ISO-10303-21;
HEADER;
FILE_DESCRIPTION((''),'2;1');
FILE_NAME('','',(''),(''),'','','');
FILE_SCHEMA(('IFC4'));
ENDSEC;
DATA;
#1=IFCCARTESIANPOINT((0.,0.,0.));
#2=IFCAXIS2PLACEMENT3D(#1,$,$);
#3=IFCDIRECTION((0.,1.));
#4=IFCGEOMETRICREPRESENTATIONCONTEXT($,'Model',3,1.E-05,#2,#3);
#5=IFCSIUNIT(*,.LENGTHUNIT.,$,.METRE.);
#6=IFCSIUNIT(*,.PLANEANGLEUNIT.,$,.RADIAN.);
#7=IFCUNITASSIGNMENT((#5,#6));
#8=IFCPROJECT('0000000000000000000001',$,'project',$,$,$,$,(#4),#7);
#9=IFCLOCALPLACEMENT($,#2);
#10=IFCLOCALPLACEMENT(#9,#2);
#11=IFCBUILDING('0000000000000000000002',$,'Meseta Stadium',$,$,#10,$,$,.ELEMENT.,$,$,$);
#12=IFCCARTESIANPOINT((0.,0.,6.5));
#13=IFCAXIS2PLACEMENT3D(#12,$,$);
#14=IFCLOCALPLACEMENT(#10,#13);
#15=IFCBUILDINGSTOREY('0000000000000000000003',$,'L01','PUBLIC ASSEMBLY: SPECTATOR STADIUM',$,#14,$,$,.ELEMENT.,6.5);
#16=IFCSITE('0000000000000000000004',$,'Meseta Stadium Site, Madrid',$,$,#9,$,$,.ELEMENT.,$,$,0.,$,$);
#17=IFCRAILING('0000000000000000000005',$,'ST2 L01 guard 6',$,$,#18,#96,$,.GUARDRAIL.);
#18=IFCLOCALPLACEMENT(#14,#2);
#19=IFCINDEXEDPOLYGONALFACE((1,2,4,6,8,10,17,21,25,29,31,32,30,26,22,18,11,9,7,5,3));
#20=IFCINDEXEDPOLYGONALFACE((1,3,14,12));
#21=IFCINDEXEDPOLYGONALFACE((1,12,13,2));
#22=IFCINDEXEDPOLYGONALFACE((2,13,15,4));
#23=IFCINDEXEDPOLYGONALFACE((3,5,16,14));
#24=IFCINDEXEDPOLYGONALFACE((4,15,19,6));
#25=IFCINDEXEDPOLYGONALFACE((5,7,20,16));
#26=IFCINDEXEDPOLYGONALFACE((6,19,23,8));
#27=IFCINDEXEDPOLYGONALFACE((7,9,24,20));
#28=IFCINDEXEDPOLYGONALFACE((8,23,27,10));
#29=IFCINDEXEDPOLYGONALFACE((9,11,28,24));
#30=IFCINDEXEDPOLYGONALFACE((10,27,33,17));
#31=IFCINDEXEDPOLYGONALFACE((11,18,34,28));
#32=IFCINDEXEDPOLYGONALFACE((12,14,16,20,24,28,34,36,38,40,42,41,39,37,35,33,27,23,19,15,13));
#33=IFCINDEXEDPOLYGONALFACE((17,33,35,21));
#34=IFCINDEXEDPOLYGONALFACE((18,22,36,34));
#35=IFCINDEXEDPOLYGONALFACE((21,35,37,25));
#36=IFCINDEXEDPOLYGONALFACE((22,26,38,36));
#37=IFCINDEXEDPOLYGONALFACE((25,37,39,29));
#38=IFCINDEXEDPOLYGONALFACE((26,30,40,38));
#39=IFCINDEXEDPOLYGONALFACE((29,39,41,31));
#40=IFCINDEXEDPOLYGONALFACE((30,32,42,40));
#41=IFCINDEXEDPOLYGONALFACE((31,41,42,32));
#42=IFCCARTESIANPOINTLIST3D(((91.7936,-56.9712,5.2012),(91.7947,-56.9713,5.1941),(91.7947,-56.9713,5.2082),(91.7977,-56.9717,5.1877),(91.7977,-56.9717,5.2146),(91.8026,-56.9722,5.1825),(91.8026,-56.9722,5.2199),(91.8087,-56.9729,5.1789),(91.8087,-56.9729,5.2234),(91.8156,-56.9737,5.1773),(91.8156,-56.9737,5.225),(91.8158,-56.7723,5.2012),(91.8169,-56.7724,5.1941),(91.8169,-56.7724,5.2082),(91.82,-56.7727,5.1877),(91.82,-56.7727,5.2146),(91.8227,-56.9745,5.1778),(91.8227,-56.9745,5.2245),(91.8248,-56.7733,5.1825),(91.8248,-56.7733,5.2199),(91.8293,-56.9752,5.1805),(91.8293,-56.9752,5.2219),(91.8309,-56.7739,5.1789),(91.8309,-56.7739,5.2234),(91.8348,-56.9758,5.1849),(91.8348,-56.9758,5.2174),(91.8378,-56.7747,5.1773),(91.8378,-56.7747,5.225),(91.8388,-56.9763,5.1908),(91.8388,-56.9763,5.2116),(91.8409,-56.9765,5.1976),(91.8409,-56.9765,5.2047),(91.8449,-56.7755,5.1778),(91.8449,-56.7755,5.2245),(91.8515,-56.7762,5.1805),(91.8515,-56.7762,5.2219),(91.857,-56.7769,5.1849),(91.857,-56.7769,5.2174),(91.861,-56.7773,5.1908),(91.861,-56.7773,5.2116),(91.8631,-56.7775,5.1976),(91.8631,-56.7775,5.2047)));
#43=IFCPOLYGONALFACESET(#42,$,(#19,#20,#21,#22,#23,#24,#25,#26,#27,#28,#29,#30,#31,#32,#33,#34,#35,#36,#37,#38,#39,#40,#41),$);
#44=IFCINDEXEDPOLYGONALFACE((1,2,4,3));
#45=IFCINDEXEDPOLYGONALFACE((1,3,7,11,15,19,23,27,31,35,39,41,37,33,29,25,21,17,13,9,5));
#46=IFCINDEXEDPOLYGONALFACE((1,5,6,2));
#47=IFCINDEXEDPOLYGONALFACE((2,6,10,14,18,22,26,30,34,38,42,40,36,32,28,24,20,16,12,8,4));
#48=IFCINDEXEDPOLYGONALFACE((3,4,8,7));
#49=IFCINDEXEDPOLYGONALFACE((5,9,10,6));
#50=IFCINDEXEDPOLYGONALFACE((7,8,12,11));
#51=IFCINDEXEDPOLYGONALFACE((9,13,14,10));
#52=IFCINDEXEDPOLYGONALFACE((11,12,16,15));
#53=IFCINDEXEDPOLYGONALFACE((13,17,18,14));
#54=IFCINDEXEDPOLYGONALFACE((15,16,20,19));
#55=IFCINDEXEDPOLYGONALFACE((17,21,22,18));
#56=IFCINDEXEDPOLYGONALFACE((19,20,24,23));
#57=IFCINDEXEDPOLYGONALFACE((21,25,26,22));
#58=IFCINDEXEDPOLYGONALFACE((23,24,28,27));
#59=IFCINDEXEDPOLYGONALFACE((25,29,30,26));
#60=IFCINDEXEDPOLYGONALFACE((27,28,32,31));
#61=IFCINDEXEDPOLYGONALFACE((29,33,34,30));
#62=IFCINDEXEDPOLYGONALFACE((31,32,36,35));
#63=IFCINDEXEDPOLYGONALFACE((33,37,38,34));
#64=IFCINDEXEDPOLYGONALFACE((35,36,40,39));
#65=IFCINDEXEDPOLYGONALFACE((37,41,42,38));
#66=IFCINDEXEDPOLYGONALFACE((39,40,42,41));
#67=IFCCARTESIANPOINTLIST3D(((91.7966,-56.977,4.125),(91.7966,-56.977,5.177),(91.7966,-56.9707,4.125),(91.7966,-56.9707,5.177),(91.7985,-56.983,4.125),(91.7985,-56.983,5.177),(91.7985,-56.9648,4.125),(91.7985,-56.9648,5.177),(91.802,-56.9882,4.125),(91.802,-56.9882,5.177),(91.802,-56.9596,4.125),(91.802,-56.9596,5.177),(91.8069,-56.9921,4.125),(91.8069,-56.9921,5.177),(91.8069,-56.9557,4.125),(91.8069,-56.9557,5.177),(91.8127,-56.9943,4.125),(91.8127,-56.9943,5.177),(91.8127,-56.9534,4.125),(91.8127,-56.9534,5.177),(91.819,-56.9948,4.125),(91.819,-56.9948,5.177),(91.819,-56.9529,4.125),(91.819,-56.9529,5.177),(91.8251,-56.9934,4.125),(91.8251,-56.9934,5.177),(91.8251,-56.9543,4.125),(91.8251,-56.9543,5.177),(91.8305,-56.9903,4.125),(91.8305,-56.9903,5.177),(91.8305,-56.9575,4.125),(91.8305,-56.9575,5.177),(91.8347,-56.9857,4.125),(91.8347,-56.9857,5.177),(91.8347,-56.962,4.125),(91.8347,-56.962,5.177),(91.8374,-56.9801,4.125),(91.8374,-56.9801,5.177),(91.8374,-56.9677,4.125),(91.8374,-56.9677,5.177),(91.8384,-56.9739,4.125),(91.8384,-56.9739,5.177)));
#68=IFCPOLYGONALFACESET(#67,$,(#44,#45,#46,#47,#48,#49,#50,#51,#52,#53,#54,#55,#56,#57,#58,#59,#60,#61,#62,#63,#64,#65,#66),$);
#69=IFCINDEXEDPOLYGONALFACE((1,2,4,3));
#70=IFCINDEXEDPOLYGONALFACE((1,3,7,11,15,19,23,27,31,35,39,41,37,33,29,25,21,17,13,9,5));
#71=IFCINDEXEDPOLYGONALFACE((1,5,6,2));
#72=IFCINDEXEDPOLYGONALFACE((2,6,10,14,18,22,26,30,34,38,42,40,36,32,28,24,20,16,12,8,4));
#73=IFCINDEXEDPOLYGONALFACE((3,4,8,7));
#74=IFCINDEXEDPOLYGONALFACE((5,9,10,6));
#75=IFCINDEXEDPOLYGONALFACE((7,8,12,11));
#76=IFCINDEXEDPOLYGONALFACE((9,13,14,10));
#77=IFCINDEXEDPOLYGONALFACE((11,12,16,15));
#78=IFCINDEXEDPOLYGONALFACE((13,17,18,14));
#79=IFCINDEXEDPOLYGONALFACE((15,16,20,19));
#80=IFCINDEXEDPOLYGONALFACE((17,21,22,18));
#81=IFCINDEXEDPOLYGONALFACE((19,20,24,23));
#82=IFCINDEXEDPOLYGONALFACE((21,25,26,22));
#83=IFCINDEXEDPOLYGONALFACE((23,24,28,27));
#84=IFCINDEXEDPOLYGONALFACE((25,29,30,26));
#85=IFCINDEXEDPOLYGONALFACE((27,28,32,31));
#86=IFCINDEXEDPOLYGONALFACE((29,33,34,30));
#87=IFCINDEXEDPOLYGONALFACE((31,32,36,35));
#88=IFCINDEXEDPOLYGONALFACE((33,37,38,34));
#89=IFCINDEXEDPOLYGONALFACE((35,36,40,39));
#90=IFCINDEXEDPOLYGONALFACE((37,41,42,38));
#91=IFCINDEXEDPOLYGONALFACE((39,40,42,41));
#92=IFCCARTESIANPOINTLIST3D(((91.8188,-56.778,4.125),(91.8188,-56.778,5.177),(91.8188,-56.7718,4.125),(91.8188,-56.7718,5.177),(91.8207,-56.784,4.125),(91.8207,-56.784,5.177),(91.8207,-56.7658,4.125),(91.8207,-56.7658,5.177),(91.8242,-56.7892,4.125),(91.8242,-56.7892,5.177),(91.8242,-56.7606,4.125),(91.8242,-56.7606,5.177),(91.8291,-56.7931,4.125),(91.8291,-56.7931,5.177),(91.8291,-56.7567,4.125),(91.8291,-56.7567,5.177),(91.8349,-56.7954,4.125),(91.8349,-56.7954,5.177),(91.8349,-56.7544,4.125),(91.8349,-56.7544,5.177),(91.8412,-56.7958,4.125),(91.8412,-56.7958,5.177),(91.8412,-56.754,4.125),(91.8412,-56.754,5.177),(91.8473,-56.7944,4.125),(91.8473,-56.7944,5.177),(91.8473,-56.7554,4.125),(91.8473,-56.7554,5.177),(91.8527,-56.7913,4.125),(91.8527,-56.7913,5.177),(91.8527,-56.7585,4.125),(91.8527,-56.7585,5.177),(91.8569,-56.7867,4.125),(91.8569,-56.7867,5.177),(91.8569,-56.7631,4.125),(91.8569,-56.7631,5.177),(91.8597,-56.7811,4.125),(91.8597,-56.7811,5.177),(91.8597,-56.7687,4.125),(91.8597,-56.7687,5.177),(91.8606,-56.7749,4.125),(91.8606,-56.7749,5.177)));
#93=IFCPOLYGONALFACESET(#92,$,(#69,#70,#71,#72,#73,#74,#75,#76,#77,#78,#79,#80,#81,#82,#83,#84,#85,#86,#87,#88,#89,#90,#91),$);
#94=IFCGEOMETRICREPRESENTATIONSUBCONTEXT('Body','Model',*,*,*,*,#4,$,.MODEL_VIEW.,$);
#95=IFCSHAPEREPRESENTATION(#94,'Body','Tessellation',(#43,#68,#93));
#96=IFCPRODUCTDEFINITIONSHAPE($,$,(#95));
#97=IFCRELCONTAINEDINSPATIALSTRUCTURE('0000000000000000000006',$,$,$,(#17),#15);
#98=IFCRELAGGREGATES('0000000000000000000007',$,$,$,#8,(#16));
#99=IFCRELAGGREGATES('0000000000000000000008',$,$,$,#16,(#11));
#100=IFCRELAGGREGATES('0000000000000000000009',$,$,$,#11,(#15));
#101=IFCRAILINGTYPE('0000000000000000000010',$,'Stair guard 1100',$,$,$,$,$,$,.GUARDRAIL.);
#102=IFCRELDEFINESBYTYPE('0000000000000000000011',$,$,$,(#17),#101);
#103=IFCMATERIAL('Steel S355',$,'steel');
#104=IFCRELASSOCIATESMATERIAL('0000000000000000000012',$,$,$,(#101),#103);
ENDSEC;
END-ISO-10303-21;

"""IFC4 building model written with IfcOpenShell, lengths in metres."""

from ifc_helpers import new_model, si_unit, direction, frame, origin, origin_2d, place, context, subcontext, project, spatial, circle, extrude, material, type_object, element, save


model = new_model("IFC4")

# Units and contexts
model_context = context("Model", 3, precision=1e-05, world=origin(), true_north=direction((0.0, 1.0)))
body_context = subcontext(model_context, "Body", "Model", "MODEL_VIEW")
ifc_project = project(units=[si_unit("LENGTHUNIT", "METRE"), si_unit("PLANEANGLEUNIT", "RADIAN")], contexts=[model_context])

# Site, building, storey
site_placement = place(None, origin())
site = spatial("IfcSite", under=ifc_project, at=site_placement, Name="Meseta Stadium Site, Madrid", CompositionType="ELEMENT", RefElevation=0.0)
building_placement = place(site_placement, origin())
building = spatial("IfcBuilding", under=site, at=building_placement, Name="Meseta Stadium", CompositionType="ELEMENT")
storey_placement = place(building_placement, frame((0.0, 0.0, 6.5)))
storey = spatial("IfcBuildingStorey", under=building, at=storey_placement, Name="L01", Description="PUBLIC ASSEMBLY: SPECTATOR STADIUM", CompositionType="ELEMENT", Elevation=6.5)

# Railing
ifc_material_1 = material(Name="Steel S355", Category="steel")
railing_type_1 = type_object("IfcRailingType", Name="Stair guard 1100", PredefinedType="GUARDRAIL", material=ifc_material_1)
railing_1_placement = place(storey_placement, frame((91.8174, -56.9739, 4.125)))
element("IfcRailing", 1, at=railing_1_placement, inside=storey, type_object=railing_type_1, Name="ST2 L01 guard 6", PredefinedType="GUARDRAIL", context=body_context, shape_type="SweptSolid", body=[
    extrude(circle(Radius=0.0239, at=origin_2d()), frame((0.0, 0.0, 1.0762), z_axis=(0.110967, 0.993824, 0.0), x_axis=(-0.993824, 0.110967, 0.0)), (0.0, 0.0, 1.0), 0.2002),
    extrude(circle(Radius=0.021, at=origin_2d()), origin(), (0.0, 0.0, 1.0), 1.052),
    extrude(circle(Radius=0.021, at=origin_2d()), frame((0.0222, 0.199, 0.0)), (0.0, 0.0, 1.0), 1.052),
])

save(model, "model.ifc")
